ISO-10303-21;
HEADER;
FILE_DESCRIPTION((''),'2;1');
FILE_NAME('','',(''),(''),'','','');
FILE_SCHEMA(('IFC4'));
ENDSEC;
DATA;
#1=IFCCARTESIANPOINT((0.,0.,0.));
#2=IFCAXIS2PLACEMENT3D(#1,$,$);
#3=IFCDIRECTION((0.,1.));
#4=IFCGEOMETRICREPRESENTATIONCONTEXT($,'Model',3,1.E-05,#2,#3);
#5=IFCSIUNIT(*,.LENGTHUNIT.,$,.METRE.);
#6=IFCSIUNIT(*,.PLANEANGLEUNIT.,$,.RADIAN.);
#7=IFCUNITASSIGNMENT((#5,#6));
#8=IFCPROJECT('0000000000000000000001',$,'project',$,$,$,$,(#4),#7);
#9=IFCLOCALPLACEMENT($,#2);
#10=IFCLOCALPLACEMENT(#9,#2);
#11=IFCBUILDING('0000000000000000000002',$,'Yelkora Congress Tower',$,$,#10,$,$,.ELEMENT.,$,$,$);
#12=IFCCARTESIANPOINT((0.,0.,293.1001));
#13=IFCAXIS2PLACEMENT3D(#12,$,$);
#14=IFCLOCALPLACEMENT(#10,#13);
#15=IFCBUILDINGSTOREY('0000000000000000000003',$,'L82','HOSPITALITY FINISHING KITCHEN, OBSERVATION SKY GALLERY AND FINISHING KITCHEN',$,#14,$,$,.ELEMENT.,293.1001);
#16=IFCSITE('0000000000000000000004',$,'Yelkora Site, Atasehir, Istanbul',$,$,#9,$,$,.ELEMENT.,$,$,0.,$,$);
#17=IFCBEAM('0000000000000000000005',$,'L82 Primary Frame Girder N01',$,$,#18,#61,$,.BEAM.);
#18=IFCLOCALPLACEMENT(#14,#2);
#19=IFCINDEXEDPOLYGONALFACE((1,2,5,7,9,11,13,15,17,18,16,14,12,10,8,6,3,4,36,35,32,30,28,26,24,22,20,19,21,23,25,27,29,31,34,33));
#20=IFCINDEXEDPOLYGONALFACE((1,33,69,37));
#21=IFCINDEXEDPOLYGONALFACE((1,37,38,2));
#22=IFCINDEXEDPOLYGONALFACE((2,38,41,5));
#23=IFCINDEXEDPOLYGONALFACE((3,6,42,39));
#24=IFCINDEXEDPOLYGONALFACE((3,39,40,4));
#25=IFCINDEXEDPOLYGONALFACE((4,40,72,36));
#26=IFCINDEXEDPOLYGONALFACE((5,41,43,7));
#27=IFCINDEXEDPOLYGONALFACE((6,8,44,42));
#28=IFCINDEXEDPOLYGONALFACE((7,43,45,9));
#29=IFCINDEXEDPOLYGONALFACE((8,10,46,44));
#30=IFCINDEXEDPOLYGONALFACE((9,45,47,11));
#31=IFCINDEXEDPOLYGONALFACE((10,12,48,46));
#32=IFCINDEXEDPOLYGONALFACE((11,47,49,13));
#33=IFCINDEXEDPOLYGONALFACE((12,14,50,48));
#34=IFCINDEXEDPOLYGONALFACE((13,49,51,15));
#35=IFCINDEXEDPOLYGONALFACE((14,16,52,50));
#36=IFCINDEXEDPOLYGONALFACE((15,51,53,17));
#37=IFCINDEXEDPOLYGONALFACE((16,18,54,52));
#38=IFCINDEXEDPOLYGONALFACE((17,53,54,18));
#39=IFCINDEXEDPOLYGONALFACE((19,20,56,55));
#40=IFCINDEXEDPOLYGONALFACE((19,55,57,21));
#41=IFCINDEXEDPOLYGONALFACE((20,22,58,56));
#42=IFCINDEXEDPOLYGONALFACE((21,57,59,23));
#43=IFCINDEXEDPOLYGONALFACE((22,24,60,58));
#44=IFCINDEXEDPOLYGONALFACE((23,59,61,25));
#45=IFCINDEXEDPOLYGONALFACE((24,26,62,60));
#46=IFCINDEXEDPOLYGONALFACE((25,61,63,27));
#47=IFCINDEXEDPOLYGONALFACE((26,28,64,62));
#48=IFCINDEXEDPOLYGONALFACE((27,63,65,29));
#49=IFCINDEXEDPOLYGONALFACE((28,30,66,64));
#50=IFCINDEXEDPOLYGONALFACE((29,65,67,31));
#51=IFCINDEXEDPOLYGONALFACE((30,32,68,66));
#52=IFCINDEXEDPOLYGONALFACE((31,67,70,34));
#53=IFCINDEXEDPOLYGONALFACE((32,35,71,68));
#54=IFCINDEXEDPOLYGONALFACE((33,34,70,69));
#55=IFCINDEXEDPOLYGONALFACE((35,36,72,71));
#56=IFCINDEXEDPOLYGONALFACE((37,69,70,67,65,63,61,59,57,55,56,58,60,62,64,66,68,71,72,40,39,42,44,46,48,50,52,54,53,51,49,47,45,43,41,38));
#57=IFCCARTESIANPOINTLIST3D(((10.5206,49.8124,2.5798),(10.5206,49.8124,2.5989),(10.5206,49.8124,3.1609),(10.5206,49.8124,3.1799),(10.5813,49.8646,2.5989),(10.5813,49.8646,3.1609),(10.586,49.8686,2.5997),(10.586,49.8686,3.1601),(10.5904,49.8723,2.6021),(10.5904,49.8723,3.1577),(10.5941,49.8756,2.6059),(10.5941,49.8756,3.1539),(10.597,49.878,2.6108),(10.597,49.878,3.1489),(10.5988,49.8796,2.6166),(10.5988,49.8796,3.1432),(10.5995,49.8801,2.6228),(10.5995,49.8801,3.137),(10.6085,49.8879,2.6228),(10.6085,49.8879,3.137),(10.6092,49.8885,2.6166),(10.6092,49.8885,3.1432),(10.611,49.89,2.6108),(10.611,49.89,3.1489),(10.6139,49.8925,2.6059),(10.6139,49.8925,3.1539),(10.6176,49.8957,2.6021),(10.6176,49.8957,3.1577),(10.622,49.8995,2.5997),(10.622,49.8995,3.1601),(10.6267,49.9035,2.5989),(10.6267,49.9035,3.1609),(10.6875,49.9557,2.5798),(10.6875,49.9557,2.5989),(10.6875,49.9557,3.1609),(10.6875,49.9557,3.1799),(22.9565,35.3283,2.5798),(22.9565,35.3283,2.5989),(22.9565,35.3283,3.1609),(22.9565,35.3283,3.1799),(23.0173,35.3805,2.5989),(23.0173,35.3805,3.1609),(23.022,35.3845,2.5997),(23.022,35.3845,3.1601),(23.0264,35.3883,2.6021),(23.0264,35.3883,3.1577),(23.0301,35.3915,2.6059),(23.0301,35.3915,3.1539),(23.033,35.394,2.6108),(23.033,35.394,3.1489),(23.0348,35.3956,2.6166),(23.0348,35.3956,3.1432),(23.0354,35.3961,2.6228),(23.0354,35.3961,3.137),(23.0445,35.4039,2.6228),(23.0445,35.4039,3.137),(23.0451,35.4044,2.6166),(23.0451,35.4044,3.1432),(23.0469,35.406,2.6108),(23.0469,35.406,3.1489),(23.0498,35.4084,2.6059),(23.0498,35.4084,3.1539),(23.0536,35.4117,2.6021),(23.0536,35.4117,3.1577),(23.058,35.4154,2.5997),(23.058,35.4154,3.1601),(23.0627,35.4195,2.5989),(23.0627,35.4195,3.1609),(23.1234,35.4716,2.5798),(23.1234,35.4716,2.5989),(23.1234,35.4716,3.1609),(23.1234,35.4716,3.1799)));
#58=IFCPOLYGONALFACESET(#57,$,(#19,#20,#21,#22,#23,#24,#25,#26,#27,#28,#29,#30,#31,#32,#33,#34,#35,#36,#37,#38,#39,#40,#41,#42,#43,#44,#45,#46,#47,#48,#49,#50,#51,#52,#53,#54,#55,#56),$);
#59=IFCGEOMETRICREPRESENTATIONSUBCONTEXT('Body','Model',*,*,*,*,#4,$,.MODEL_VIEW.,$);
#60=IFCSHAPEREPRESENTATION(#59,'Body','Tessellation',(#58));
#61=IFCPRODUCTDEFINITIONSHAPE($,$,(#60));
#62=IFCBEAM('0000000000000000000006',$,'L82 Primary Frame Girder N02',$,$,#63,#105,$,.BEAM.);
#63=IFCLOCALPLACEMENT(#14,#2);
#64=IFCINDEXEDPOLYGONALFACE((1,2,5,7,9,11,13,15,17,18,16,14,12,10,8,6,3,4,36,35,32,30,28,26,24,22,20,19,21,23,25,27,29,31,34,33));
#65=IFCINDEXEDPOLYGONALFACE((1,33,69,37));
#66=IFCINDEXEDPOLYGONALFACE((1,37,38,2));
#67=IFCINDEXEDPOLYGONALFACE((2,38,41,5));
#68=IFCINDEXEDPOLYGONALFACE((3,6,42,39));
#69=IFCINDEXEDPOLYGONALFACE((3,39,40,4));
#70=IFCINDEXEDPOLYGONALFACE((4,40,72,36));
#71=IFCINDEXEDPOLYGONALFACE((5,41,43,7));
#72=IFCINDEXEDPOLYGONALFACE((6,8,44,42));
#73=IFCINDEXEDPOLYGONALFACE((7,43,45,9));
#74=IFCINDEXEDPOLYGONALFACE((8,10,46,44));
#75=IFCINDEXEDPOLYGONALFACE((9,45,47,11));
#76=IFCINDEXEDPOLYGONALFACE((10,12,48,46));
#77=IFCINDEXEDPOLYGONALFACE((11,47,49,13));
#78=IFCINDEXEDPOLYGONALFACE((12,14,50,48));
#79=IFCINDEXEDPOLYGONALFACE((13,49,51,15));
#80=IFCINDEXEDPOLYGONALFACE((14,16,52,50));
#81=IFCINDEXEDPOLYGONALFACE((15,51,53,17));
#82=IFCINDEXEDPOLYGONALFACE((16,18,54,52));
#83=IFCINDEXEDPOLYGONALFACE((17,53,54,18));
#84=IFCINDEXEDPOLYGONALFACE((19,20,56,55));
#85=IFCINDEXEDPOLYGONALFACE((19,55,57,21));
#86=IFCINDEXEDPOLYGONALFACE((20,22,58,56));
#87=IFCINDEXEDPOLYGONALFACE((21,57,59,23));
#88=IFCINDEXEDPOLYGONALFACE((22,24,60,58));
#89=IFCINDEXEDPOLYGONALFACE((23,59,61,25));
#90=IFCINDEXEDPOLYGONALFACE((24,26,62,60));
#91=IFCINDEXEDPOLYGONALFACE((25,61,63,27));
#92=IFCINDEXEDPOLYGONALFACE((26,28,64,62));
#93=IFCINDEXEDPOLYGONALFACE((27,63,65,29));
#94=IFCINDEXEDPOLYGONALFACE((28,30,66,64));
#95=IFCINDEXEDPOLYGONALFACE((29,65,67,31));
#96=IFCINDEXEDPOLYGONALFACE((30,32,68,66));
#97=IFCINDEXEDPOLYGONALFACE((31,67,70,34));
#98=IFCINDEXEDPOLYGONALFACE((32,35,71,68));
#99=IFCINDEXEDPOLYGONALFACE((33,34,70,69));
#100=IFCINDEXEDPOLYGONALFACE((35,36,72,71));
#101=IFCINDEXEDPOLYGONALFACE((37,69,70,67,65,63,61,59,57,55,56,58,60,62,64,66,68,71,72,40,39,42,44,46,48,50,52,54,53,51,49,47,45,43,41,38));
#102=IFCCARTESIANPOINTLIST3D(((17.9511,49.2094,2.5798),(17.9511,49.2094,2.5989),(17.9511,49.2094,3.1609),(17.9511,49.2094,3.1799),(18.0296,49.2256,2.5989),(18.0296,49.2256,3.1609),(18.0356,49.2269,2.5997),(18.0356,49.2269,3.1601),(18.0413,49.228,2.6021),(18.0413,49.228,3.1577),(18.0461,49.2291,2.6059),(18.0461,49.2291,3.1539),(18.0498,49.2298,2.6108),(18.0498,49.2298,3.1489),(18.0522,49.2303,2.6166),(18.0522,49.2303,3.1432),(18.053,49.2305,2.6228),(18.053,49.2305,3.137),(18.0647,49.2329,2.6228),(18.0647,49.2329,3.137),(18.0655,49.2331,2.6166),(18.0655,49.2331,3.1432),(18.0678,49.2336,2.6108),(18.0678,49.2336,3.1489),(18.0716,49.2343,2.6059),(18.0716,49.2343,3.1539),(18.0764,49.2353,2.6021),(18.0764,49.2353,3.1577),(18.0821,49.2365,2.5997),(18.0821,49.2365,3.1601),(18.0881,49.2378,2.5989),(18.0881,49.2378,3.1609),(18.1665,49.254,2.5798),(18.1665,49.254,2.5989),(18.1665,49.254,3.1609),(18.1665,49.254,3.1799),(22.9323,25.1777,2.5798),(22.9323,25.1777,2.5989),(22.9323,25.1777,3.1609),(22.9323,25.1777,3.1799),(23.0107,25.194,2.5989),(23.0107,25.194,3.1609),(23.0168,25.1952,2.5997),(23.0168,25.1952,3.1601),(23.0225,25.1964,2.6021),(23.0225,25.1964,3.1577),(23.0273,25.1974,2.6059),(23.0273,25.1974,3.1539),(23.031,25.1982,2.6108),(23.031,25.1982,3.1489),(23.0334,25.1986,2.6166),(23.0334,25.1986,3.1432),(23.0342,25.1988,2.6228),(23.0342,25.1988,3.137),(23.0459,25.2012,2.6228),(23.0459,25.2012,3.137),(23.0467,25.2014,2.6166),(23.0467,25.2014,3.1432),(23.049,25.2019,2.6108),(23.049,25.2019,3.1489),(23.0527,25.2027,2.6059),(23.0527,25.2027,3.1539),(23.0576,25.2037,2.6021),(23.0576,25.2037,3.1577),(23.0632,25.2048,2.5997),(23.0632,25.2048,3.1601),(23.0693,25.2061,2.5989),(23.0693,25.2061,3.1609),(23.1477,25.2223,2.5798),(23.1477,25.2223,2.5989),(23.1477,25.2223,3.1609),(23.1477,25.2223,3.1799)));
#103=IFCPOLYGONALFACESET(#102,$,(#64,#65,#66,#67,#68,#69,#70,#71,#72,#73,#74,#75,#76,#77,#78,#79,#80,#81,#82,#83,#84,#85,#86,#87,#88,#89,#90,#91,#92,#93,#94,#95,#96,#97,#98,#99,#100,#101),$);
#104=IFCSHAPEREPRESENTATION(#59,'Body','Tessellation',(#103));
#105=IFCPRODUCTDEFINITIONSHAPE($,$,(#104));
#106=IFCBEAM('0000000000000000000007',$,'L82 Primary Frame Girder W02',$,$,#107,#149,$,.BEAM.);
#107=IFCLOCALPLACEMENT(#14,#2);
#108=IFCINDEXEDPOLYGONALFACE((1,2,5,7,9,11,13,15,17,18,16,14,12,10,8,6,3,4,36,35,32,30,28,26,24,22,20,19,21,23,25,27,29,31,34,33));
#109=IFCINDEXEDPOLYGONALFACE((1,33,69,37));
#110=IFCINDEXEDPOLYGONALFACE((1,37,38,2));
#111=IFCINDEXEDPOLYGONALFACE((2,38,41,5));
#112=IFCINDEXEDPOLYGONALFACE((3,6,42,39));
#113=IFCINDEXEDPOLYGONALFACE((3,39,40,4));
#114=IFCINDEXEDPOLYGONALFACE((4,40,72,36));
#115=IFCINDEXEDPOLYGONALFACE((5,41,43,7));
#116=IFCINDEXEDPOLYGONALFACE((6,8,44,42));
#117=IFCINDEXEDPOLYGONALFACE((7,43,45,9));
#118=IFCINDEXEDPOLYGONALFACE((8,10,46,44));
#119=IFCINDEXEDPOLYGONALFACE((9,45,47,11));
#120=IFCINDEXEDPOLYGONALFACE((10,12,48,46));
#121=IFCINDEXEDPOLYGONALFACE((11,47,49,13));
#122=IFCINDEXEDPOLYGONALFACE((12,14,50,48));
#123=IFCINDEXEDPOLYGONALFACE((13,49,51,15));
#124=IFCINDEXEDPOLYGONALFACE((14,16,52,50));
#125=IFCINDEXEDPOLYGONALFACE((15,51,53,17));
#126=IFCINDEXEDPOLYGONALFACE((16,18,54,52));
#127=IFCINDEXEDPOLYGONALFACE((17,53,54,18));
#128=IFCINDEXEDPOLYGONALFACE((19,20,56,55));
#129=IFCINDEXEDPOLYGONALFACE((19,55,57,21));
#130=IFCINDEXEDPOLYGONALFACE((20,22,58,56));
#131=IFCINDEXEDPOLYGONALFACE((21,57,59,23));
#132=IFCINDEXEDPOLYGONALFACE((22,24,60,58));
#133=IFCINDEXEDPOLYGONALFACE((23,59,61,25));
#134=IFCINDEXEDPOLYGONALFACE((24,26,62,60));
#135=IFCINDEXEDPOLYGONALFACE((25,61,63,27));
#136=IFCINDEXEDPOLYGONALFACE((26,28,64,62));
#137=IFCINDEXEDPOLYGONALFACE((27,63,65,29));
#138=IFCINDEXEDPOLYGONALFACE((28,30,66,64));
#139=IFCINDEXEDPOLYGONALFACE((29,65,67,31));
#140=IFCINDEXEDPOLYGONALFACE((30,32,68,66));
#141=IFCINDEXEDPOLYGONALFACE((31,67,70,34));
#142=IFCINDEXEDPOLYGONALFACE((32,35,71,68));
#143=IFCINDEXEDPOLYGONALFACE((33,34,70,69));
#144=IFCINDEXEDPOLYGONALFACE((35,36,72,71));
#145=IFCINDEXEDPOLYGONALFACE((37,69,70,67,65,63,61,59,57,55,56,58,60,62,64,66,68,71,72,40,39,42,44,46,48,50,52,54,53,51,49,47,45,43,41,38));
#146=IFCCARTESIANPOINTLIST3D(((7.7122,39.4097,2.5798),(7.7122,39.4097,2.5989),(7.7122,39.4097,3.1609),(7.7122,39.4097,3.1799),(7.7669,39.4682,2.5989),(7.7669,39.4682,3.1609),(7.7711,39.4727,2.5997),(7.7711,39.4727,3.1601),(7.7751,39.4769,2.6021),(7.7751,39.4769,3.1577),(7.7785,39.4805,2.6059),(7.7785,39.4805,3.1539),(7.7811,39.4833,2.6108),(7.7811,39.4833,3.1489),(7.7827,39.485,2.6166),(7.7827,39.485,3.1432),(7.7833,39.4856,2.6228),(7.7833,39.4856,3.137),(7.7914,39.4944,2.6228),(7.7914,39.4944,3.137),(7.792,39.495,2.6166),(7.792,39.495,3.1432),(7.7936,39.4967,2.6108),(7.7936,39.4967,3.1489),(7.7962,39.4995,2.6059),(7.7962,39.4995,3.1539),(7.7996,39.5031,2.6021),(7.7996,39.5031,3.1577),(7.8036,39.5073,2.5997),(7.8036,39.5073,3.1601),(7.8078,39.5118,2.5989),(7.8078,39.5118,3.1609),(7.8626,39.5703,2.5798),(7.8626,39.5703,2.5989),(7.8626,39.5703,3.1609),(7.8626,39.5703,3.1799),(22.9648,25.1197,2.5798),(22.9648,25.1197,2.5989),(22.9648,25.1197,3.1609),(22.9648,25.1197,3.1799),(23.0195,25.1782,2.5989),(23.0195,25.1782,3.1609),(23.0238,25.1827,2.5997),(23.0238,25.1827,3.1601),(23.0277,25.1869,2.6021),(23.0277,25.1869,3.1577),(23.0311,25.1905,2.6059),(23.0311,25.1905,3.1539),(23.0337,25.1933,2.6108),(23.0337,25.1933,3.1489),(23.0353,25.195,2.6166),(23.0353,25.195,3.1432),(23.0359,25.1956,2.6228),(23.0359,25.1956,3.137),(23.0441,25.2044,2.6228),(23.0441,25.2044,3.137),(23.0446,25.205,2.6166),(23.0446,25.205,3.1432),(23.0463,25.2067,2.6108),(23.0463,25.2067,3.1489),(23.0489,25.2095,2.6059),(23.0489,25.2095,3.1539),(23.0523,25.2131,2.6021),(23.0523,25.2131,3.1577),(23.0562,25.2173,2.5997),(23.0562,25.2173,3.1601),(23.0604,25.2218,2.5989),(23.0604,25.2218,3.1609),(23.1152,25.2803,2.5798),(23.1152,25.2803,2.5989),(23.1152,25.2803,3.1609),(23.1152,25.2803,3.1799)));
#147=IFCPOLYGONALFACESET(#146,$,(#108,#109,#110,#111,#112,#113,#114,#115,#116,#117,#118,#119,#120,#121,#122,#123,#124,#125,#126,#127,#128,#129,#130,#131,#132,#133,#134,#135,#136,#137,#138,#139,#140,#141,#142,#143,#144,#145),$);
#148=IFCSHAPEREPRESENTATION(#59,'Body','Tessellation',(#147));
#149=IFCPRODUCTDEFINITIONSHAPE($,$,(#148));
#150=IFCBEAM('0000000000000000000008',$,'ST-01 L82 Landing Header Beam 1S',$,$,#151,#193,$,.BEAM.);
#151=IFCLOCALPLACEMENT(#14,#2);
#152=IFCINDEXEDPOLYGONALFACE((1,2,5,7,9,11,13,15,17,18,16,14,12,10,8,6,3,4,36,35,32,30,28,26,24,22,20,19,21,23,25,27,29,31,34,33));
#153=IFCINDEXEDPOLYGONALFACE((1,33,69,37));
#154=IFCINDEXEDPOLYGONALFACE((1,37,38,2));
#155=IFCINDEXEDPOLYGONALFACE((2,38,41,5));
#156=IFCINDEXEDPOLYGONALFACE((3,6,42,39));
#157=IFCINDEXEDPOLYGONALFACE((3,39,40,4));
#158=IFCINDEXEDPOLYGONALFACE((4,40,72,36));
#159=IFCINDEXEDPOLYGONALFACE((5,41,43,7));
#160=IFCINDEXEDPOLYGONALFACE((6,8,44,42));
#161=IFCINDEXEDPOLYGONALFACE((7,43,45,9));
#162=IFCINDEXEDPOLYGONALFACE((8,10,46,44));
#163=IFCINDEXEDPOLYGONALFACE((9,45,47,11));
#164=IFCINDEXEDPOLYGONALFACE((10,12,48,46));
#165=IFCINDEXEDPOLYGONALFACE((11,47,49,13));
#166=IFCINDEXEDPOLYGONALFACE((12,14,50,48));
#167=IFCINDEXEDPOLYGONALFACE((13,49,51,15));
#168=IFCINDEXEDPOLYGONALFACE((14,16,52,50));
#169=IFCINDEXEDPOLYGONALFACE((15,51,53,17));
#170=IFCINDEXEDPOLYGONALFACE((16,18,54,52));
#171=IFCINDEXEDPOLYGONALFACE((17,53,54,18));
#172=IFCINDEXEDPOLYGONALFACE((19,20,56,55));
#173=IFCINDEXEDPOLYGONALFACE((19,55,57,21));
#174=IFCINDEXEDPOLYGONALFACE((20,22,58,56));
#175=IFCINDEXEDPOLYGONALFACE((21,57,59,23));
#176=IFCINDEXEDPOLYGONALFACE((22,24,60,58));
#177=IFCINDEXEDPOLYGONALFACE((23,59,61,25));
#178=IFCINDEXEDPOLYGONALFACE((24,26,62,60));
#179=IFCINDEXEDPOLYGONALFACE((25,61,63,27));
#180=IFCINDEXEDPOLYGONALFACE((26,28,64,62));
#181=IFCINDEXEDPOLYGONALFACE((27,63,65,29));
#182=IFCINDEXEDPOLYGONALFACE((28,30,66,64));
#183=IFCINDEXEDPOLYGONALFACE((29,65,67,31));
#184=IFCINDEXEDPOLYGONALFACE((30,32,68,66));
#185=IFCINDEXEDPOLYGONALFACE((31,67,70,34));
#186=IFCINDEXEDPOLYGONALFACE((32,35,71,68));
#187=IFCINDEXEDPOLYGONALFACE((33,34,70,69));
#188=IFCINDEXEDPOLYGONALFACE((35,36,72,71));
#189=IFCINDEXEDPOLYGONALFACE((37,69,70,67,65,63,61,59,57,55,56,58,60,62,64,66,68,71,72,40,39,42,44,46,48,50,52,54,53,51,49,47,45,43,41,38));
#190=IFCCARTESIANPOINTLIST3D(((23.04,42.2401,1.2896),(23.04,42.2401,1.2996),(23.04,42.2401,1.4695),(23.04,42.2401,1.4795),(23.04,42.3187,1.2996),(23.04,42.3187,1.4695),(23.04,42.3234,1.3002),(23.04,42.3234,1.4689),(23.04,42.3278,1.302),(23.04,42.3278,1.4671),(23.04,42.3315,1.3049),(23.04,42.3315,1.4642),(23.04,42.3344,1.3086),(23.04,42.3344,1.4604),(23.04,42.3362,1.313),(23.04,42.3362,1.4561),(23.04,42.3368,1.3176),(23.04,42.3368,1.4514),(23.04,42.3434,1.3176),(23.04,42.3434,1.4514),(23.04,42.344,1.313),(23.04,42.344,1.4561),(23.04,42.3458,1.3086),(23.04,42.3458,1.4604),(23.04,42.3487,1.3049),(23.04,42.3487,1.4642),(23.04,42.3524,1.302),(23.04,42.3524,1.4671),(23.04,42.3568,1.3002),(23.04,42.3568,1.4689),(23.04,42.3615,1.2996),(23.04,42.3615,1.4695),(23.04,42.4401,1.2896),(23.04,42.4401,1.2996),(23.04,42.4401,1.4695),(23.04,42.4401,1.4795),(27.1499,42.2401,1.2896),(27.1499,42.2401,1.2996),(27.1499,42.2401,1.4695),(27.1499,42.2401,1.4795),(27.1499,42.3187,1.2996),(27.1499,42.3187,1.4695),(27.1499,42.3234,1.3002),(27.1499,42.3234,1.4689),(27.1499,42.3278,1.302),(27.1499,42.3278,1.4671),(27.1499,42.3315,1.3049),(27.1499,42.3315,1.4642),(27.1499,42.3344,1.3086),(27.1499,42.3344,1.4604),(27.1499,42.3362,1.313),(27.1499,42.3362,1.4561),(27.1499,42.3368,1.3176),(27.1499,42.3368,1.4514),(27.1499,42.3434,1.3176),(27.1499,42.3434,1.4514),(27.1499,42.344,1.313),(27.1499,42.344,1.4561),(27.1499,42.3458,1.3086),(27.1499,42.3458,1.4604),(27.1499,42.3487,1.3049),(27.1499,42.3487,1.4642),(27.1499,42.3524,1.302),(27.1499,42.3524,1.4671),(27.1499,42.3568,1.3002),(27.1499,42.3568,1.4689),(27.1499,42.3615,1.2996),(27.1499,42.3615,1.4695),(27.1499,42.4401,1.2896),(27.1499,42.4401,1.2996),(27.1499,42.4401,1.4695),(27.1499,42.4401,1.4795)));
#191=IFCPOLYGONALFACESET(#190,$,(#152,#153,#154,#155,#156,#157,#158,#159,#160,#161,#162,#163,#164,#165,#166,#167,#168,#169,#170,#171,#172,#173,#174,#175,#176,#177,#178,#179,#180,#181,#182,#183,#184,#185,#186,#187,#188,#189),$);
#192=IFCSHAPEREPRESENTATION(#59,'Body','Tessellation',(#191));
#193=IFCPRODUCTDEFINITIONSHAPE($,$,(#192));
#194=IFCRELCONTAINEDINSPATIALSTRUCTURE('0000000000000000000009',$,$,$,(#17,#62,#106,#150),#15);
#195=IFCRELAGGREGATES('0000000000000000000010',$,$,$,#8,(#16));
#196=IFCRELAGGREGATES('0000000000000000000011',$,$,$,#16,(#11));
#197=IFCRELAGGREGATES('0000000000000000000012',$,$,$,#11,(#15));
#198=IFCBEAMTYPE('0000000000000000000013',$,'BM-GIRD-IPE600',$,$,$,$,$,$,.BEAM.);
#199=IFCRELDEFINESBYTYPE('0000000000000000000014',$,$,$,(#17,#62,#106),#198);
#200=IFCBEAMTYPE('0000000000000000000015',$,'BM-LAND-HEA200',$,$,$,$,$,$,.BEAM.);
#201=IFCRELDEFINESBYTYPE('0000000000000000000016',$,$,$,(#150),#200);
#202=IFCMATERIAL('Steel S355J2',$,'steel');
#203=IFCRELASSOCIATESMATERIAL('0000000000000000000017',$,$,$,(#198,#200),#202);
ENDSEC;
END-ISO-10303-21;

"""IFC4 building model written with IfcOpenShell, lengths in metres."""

from ifc_helpers import new_model, si_unit, direction, frame, origin, origin_2d, place, context, subcontext, project, spatial, i_section, extrude, material, material_profile, profile_set, type_object, element, save


model = new_model("IFC4")

# Units and contexts
model_context = context("Model", 3, precision=1e-05, world=origin(), true_north=direction((0.0, 1.0)))
body_context = subcontext(model_context, "Body", "Model", "MODEL_VIEW")
ifc_project = project(units=[si_unit("LENGTHUNIT", "METRE"), si_unit("PLANEANGLEUNIT", "RADIAN")], contexts=[model_context])

# Site, building, storey
site_placement = place(None, origin())
site = spatial("IfcSite", under=ifc_project, at=site_placement, Name="Yelkora Site, Atasehir, Istanbul", CompositionType="ELEMENT", RefElevation=0.0)
building_placement = place(site_placement, origin())
building = spatial("IfcBuilding", under=site, at=building_placement, Name="Yelkora Congress Tower", CompositionType="ELEMENT")
storey_placement = place(building_placement, frame((0.0, 0.0, 293.1001)))
storey = spatial("IfcBuildingStorey", under=building, at=storey_placement, Name="L82", Description="HOSPITALITY FINISHING KITCHEN, OBSERVATION SKY GALLERY AND FINISHING KITCHEN", CompositionType="ELEMENT", Elevation=293.1001)

# Shared definitions
ifc_material_1 = material(Name="Steel S355J2", Category="steel")

# Beams
ifc_material_profile_1 = material_profile(ifc_material_1, i_section(OverallWidth=0.22, OverallDepth=0.6001, WebThickness=0.012, FlangeThickness=0.019, FilletRadius=0.0239, at=origin_2d()), Name="IPE 600")
ifc_profile_set_1 = profile_set([ifc_material_profile_1], Name="Steel S355J2")
beam_type_1 = type_object("IfcBeamType", Name="BM-GIRD-IPE600", PredefinedType="BEAM", material=ifc_profile_set_1)
beam_1_placement = place(storey_placement, frame((10.604, 49.884, 2.8799), z_axis=(0.651427, -0.758711, 0.0), x_axis=(0.758711, 0.651427, 0.0)))
element("IfcBeam", 1, at=beam_1_placement, inside=storey, type_object=beam_type_1, Name="L82 Primary Frame Girder N01", PredefinedType="BEAM", context=body_context, shape_type="SweptSolid", body=[
    extrude(i_section(OverallWidth=0.22, OverallDepth=0.6001, WebThickness=0.012, FlangeThickness=0.019, FilletRadius=0.0239, at=origin_2d()), origin(), (0.0, 0.0, 1.0), 19.0903),
])
beam_2_placement = place(storey_placement, frame((18.0588, 49.2317, 2.8799), z_axis=(0.202962, -0.979187, 0.0), x_axis=(0.979187, 0.202962, 0.0)))
element("IfcBeam", 2, at=beam_2_placement, inside=storey, type_object=beam_type_1, Name="L82 Primary Frame Girder N02", PredefinedType="BEAM", context=body_context, shape_type="SweptSolid", body=[
    extrude(i_section(OverallWidth=0.22, OverallDepth=0.6001, WebThickness=0.012, FlangeThickness=0.019, FilletRadius=0.0239, at=origin_2d()), origin(), (0.0, 0.0, 1.0), 24.5425),
])
beam_3_placement = place(storey_placement, frame((7.7874, 39.49, 2.8799), z_axis=(0.72976, -0.683703, 0.0), x_axis=(0.683703, 0.72976, 0.0)))
element("IfcBeam", 3, at=beam_3_placement, inside=storey, type_object=beam_type_1, Name="L82 Primary Frame Girder W02", PredefinedType="BEAM", context=body_context, shape_type="SweptSolid", body=[
    extrude(i_section(OverallWidth=0.22, OverallDepth=0.6001, WebThickness=0.012, FlangeThickness=0.019, FilletRadius=0.0239, at=origin_2d()), origin(), (0.0, 0.0, 1.0), 20.9009),
])
ifc_material_profile_2 = material_profile(ifc_material_1, i_section(OverallWidth=0.2, OverallDepth=0.1899, WebThickness=0.0066, FlangeThickness=0.01, FilletRadius=0.0181, at=origin_2d()), Name="HEA 200")
ifc_profile_set_2 = profile_set([ifc_material_profile_2], Name="Steel S355J2")
beam_type_2 = type_object("IfcBeamType", Name="BM-LAND-HEA200", PredefinedType="BEAM", material=ifc_profile_set_2)
for number, where, z_axis, x_axis, name in (
    (4, (23.04, 42.3401, 1.3845), (1.0, 0.0, 0.0), (0.0, 1.0, 0.0), "ST-01 L82 Landing Header Beam 1S"),
):
    element("IfcBeam", number, at=place(storey_placement, frame(where, z_axis=z_axis, x_axis=x_axis)), inside=storey, type_object=beam_type_2, Name=name, PredefinedType="BEAM", context=body_context, shape_type="SweptSolid", body=[
        extrude(i_section(OverallWidth=0.2, OverallDepth=0.1899, WebThickness=0.0066, FlangeThickness=0.01, FilletRadius=0.0181, at=origin_2d()), origin(), (0.0, 0.0, 1.0), 4.1099),
    ])

save(model, "model.ifc")
